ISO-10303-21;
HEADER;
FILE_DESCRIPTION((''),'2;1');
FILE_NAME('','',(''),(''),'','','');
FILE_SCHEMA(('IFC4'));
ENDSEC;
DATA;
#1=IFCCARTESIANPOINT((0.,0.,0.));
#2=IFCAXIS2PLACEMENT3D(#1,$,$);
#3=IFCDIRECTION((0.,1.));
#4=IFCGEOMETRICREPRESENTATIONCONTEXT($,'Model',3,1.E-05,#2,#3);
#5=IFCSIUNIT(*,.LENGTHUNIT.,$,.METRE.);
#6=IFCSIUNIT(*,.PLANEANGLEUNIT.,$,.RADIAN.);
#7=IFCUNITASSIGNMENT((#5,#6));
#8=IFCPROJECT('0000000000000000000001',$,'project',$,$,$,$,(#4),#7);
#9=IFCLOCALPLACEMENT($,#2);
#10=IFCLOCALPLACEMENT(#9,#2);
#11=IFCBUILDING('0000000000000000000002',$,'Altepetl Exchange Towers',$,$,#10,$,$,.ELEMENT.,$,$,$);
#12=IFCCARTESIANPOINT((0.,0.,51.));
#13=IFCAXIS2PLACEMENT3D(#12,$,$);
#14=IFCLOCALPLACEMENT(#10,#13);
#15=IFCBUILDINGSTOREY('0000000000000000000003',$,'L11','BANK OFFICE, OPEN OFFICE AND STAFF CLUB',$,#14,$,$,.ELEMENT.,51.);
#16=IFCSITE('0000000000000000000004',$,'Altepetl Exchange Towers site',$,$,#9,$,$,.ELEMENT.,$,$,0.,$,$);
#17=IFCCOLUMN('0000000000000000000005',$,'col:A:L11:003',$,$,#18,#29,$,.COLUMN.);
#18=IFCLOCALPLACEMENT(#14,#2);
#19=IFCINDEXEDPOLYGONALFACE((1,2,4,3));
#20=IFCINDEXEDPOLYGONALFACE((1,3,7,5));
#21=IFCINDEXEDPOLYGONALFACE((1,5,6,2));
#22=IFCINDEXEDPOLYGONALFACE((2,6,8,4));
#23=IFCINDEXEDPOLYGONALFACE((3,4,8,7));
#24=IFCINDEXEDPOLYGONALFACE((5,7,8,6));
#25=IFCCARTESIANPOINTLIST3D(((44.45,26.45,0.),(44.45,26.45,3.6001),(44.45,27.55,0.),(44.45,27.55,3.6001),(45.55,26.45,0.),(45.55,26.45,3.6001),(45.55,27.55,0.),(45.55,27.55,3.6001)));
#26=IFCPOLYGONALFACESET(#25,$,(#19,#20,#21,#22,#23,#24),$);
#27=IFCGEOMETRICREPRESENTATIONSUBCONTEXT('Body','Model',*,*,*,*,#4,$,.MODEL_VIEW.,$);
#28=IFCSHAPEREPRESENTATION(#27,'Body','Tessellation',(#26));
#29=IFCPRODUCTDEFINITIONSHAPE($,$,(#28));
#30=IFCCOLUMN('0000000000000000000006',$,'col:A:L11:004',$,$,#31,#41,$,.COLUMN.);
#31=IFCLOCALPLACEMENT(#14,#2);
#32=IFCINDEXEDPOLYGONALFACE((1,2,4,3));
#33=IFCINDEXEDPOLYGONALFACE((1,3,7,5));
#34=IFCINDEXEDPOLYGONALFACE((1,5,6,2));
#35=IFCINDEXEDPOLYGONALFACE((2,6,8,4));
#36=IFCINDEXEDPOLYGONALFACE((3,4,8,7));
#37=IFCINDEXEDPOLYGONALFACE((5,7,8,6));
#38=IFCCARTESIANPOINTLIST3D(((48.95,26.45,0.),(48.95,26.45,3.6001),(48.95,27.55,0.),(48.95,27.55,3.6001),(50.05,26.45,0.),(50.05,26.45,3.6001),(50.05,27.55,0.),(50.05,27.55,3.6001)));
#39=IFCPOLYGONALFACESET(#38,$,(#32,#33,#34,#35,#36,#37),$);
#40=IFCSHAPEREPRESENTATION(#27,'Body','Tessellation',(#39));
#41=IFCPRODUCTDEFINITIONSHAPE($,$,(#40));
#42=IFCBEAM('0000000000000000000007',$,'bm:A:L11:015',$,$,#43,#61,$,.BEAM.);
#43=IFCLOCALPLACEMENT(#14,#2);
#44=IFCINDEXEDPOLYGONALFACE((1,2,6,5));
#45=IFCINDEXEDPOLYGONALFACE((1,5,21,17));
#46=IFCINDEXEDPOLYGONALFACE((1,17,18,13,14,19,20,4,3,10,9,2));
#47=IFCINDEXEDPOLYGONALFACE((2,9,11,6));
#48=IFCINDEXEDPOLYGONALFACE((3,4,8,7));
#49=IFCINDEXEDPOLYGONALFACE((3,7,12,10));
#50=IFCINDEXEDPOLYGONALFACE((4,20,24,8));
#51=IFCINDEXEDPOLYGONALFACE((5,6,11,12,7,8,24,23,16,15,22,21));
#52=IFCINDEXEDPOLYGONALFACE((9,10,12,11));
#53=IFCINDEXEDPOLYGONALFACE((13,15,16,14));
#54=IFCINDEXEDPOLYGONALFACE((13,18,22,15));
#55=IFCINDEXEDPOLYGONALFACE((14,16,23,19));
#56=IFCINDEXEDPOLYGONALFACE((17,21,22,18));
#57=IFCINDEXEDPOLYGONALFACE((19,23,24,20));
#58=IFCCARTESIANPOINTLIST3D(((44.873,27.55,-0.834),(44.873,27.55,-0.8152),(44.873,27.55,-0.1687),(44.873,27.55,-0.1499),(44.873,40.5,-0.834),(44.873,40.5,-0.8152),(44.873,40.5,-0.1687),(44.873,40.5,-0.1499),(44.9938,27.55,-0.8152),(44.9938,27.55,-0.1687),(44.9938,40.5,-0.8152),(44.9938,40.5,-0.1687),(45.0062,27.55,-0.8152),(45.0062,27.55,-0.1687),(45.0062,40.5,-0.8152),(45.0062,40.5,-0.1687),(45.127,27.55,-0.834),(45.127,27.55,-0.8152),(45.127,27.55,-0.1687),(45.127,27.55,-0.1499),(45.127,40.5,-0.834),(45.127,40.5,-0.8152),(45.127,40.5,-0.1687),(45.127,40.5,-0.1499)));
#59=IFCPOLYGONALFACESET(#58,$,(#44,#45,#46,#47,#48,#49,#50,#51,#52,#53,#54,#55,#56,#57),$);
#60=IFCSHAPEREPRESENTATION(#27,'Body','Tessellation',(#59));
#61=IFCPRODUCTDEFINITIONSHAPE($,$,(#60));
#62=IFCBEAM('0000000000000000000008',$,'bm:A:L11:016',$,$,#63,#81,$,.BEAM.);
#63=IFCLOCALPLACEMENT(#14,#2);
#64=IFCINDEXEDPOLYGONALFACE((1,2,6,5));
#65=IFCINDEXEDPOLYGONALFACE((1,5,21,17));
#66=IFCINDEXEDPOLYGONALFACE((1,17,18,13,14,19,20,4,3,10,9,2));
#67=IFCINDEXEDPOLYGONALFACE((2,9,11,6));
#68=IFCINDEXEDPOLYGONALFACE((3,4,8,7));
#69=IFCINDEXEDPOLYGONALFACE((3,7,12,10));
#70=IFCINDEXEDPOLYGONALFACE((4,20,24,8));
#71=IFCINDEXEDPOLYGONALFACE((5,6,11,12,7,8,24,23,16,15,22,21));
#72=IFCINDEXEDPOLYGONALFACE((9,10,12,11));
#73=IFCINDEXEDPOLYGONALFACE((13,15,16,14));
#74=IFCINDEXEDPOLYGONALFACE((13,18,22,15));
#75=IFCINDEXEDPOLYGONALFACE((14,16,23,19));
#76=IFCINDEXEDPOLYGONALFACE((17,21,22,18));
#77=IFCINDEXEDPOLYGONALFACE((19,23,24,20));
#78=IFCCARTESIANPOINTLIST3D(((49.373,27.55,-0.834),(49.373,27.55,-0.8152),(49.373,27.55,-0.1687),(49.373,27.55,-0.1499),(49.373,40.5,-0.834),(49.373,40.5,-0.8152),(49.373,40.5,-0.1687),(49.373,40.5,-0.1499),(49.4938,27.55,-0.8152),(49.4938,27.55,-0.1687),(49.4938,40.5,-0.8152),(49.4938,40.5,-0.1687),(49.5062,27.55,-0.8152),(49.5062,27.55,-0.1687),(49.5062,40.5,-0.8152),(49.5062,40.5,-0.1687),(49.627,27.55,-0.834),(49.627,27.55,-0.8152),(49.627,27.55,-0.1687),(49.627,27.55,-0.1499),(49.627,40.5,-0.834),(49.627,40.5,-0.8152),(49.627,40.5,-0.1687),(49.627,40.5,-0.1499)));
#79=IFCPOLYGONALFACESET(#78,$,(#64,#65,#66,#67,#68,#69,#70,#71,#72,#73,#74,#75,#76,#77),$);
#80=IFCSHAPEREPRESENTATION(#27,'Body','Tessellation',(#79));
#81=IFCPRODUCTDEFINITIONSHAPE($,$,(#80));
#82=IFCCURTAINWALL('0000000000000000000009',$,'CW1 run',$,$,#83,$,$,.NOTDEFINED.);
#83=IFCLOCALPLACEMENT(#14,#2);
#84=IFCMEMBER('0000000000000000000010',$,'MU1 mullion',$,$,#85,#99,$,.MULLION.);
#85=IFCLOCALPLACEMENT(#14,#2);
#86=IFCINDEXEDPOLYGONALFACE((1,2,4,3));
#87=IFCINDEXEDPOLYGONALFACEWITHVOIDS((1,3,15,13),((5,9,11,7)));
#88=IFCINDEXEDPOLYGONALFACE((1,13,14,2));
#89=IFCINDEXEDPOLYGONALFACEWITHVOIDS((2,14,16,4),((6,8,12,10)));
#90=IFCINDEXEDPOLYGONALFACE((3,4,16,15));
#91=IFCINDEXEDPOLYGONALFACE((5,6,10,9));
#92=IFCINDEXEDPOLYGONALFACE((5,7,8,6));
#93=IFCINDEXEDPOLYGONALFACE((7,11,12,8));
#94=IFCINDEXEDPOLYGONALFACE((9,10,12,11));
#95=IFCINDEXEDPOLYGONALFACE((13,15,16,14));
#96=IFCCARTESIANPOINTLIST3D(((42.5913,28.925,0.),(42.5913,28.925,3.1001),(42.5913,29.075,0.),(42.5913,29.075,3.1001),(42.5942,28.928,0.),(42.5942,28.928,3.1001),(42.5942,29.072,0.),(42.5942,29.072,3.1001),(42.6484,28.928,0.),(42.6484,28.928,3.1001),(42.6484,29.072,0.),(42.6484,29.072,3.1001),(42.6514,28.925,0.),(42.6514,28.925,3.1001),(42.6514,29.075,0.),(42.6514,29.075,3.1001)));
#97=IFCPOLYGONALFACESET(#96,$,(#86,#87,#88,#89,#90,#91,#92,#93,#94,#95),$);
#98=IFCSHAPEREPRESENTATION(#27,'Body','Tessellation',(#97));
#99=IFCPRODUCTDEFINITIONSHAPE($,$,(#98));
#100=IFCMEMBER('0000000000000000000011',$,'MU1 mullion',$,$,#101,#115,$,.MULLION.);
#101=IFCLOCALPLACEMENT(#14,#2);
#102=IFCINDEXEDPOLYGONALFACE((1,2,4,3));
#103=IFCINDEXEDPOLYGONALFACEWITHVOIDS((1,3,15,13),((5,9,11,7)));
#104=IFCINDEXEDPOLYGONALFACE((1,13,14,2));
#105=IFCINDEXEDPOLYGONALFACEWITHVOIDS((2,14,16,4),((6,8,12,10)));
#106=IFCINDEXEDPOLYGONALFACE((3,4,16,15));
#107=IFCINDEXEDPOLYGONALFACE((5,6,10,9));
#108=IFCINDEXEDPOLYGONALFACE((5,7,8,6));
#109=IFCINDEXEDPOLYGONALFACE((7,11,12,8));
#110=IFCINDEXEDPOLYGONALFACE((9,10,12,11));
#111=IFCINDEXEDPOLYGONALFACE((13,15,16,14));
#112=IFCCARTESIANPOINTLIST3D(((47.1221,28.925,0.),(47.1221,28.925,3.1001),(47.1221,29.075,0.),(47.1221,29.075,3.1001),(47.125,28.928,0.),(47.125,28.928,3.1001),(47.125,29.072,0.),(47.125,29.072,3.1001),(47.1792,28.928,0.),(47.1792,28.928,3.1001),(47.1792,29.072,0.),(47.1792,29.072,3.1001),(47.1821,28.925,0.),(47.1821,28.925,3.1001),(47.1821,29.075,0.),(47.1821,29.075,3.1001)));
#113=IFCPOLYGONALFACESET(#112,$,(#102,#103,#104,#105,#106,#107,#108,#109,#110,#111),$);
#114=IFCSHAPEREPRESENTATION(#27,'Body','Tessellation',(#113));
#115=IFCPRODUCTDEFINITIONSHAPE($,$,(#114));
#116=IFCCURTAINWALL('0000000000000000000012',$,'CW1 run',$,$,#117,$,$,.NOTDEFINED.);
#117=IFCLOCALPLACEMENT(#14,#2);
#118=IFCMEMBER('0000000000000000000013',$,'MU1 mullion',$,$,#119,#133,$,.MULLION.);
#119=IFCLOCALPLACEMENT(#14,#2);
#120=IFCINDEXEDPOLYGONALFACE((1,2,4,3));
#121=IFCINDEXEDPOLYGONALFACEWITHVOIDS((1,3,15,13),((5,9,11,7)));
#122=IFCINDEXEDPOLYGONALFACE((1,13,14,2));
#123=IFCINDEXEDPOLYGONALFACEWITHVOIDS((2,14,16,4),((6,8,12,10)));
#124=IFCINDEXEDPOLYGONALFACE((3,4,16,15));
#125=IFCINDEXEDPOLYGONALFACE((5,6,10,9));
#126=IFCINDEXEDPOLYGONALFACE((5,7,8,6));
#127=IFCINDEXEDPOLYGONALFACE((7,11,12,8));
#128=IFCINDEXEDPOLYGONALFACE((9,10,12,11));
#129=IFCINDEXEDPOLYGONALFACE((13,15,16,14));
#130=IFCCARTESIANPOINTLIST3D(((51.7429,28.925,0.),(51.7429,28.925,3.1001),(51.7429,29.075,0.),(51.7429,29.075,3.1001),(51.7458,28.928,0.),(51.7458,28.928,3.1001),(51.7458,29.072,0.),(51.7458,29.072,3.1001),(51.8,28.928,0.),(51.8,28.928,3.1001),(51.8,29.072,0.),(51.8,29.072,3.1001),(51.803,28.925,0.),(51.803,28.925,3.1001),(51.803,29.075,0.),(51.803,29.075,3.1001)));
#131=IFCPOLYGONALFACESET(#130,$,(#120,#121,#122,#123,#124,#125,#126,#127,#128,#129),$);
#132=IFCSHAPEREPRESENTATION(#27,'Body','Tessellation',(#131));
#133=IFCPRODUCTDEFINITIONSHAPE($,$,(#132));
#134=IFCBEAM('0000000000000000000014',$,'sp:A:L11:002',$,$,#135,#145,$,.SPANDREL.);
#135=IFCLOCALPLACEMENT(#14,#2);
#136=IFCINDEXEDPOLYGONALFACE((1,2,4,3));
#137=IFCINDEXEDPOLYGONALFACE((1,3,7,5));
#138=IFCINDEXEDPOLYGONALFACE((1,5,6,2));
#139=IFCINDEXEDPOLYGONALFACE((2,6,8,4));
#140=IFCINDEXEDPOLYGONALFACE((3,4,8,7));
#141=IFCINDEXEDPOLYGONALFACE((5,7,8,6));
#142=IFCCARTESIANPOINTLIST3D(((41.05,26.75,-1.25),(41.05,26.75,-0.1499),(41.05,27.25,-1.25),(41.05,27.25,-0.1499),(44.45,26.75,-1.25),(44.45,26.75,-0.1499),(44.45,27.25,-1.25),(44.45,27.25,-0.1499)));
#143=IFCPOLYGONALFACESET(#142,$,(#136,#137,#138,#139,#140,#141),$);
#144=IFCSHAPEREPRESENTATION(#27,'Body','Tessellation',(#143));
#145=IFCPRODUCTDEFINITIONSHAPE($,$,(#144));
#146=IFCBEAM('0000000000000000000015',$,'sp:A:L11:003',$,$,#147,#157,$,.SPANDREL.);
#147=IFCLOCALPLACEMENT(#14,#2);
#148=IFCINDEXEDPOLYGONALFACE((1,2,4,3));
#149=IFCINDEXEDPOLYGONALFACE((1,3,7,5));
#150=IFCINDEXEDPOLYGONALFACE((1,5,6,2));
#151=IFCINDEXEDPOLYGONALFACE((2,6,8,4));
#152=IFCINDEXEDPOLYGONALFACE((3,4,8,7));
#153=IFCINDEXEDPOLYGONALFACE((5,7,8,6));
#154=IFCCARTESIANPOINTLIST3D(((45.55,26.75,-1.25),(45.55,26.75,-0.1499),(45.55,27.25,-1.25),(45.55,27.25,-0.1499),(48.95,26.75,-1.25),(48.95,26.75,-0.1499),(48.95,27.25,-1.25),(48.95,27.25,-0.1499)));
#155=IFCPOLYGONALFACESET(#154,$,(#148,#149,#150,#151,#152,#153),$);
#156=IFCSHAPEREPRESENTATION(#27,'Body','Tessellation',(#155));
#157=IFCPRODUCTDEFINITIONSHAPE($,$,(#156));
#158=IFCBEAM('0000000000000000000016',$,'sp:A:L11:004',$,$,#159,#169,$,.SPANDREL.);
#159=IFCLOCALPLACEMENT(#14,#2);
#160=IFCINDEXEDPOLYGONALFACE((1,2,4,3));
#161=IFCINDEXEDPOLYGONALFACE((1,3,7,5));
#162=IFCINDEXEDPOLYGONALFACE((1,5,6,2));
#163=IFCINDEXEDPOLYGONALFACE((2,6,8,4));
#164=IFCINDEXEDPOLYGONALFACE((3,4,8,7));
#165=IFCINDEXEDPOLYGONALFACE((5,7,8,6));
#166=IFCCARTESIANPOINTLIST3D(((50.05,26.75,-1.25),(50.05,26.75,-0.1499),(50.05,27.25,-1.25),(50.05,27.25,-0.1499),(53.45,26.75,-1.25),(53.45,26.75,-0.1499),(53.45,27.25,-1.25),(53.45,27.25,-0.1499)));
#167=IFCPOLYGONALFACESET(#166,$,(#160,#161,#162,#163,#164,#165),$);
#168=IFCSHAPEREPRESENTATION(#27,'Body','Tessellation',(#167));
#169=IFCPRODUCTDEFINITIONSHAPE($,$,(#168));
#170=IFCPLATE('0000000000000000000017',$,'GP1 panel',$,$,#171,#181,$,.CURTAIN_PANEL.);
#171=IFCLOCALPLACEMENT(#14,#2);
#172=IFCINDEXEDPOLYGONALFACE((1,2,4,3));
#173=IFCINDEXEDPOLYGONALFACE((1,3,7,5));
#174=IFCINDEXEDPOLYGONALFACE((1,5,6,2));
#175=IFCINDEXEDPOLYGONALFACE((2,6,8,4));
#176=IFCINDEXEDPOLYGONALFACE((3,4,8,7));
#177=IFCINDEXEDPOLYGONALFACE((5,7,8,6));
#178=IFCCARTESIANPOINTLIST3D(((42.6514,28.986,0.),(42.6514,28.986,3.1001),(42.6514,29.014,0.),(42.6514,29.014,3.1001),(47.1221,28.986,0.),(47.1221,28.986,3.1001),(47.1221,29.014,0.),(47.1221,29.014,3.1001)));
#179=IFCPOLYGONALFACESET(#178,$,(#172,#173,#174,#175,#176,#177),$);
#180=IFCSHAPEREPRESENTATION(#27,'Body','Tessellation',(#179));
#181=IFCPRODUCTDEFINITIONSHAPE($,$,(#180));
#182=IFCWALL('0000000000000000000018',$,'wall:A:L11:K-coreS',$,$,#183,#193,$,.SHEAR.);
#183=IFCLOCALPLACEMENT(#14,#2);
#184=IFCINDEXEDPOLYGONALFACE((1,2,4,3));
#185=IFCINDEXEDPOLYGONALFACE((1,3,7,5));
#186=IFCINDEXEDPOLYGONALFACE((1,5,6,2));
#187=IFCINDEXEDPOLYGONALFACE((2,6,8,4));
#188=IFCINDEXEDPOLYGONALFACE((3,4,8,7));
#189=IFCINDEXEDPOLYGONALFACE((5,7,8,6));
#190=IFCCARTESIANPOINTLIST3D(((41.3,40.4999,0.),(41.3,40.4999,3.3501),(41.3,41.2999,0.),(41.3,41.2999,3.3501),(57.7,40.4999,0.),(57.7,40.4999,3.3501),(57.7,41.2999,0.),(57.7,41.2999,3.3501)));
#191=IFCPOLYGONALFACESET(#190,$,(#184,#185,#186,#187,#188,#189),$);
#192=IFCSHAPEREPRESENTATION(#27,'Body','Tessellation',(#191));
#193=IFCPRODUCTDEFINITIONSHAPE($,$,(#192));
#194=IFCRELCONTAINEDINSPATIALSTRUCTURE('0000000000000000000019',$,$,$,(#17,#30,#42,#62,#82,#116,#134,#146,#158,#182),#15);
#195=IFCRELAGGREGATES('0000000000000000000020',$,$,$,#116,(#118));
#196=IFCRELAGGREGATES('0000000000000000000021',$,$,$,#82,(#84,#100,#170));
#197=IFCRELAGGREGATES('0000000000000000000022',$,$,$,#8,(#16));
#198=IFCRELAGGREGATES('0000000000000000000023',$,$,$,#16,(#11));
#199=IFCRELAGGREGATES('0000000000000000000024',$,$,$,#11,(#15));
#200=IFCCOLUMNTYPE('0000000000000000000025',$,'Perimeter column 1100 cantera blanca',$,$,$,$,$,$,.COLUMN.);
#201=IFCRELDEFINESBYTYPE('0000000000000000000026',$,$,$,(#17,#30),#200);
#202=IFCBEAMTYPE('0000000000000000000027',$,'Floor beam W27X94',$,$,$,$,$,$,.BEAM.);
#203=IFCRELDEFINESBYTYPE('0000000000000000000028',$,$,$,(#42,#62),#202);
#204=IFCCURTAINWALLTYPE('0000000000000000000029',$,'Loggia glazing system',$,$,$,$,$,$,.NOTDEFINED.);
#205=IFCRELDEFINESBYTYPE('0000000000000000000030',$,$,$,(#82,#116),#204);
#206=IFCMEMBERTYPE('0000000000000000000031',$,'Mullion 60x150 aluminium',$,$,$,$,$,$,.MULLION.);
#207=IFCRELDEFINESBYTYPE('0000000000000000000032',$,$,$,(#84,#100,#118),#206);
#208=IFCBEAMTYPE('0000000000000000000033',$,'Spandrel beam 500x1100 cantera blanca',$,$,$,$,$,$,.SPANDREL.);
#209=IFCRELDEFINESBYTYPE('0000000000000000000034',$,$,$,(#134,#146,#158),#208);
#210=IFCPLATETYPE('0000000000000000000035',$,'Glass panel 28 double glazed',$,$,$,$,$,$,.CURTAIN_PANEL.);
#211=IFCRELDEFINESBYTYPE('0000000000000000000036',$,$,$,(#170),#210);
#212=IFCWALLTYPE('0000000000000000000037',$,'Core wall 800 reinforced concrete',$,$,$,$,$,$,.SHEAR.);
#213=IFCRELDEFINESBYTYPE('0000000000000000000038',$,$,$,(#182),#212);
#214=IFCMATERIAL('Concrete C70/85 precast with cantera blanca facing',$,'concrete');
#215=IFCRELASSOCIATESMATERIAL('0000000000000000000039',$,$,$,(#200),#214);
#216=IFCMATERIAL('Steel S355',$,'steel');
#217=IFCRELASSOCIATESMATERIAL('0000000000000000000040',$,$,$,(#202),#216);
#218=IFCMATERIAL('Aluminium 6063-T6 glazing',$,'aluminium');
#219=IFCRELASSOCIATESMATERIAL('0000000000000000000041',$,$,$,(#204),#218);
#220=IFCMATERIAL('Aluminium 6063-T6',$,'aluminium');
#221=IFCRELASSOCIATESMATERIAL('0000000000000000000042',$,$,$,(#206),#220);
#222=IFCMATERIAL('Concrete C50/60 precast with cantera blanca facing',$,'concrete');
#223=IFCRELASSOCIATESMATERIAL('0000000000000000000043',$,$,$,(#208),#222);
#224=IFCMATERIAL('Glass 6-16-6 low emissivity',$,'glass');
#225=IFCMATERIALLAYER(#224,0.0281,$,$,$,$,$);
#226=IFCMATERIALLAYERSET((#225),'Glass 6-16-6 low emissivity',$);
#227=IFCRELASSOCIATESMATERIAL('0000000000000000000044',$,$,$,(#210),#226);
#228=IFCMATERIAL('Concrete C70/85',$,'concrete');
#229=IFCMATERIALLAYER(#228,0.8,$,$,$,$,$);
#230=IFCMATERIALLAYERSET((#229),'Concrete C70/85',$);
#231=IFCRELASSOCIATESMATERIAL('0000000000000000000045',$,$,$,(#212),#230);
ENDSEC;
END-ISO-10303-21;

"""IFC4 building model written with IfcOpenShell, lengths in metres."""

from ifc_helpers import new_model, si_unit, direction, frame, frame_2d, origin, origin_2d, place, context, subcontext, project, spatial, rectangle, hollow_rectangle, i_section, extrude, material, layer, layer_set, material_profile, profile_set, type_object, element, aggregate, save


model = new_model("IFC4")

# Units and contexts
model_context = context("Model", 3, precision=1e-05, world=origin(), true_north=direction((0.0, 1.0)))
body_context = subcontext(model_context, "Body", "Model", "MODEL_VIEW")
ifc_project = project(units=[si_unit("LENGTHUNIT", "METRE"), si_unit("PLANEANGLEUNIT", "RADIAN")], contexts=[model_context])

# Site, building, storey
site_placement = place(None, origin())
site = spatial("IfcSite", under=ifc_project, at=site_placement, Name="Altepetl Exchange Towers site", CompositionType="ELEMENT", RefElevation=0.0)
building_placement = place(site_placement, origin())
building = spatial("IfcBuilding", under=site, at=building_placement, Name="Altepetl Exchange Towers", CompositionType="ELEMENT")
storey_placement = place(building_placement, frame((0.0, 0.0, 51.0)))
storey = spatial("IfcBuildingStorey", under=building, at=storey_placement, Name="L11", Description="BANK OFFICE, OPEN OFFICE AND STAFF CLUB", CompositionType="ELEMENT", Elevation=51.0)

# Columns
ifc_material_1 = material(Name="Concrete C70/85 precast with cantera blanca facing", Category="concrete")
ifc_material_profile_1 = material_profile(ifc_material_1, rectangle(XDim=1.1001, YDim=1.1001, at=origin_2d()), Name="1100 x 1100")
ifc_profile_set_1 = profile_set([ifc_material_profile_1], Name="Concrete C70/85 precast with cantera blanca facing")
column_type = type_object("IfcColumnType", Name="Perimeter column 1100 cantera blanca", PredefinedType="COLUMN", material=ifc_profile_set_1)
for number, where, name in (
    (1, (45.0, 27.0, 0.0), "col:A:L11:003"),
    (2, (49.5, 27.0, 0.0), "col:A:L11:004"),
):
    element("IfcColumn", number, at=place(storey_placement, frame(where)), inside=storey, type_object=column_type, Name=name, PredefinedType="COLUMN", context=body_context, shape_type="SweptSolid", body=[
        extrude(rectangle(XDim=1.1001, YDim=1.1001, at=origin_2d()), origin(), (0.0, 0.0, 1.0), 3.6001),
    ])

# Beams
ifc_material_2 = material(Name="Steel S355", Category="steel")
ifc_material_profile_2 = material_profile(ifc_material_2, i_section(OverallWidth=0.2539, OverallDepth=0.6841, WebThickness=0.0125, FlangeThickness=0.0188, at=origin_2d()), Name="W27X94")
ifc_profile_set_2 = profile_set([ifc_material_profile_2], Name="Steel S355")
beam_type_1 = type_object("IfcBeamType", Name="Floor beam W27X94", PredefinedType="BEAM", material=ifc_profile_set_2)
for number, where, z_axis, x_axis, name in (
    (3, (45.0, 27.55, -0.4919), (0.0, 1.0, 0.0), (-1.0, 0.0, 0.0), "bm:A:L11:015"),
    (4, (49.5, 27.55, -0.4919), (0.0, 1.0, 0.0), (-1.0, 0.0, 0.0), "bm:A:L11:016"),
):
    element("IfcBeam", number, at=place(storey_placement, frame(where, z_axis=z_axis, x_axis=x_axis)), inside=storey, type_object=beam_type_1, Name=name, PredefinedType="BEAM", context=body_context, shape_type="SweptSolid", body=[
        extrude(i_section(OverallWidth=0.2539, OverallDepth=0.6841, WebThickness=0.0125, FlangeThickness=0.0188, at=origin_2d()), origin(), (0.0, 0.0, 1.0), 12.95),
    ])

# Curtain wall, members
ifc_material_3 = material(Name="Aluminium 6063-T6 glazing", Category="aluminium")
curtain_wall_type = type_object("IfcCurtainWallType", Name="Loggia glazing system", PredefinedType="NOTDEFINED", material=ifc_material_3)
curtain_wall_1_placement = place(storey_placement, origin())
curtain_wall_1 = element("IfcCurtainWall", 5, at=curtain_wall_1_placement, inside=storey, type_object=curtain_wall_type, Name="CW1 run", PredefinedType="NOTDEFINED")
ifc_material_4 = material(Name="Aluminium 6063-T6", Category="aluminium")
ifc_material_profile_3 = material_profile(ifc_material_4, hollow_rectangle(XDim=0.0601, YDim=0.1499, WallThickness=0.0029, at=origin_2d()), Name="Mullion 60x150 aluminium")
ifc_profile_set_3 = profile_set([ifc_material_profile_3], Name="Aluminium 6063-T6")
member_type = type_object("IfcMemberType", Name="Mullion 60x150 aluminium", PredefinedType="MULLION", material=ifc_profile_set_3)
member_1_placement = place(storey_placement, frame((42.6213, 29.0, 0.0)))
member_1 = element("IfcMember", 6, at=member_1_placement, type_object=member_type, Name="MU1 mullion", PredefinedType="MULLION", context=body_context, shape_type="SweptSolid", body=[
    extrude(hollow_rectangle(XDim=0.0601, YDim=0.1499, WallThickness=0.0029, at=origin_2d()), origin(), (0.0, 0.0, 1.0), 3.1001),
])
member_2_placement = place(storey_placement, frame((47.1521, 29.0, 0.0)))
member_2 = element("IfcMember", 7, at=member_2_placement, type_object=member_type, Name="MU1 mullion", PredefinedType="MULLION", context=body_context, shape_type="SweptSolid", body=[
    extrude(hollow_rectangle(XDim=0.0601, YDim=0.1499, WallThickness=0.0029, at=origin_2d()), origin(), (0.0, 0.0, 1.0), 3.1001),
])

# Curtain wall, member
curtain_wall_2_placement = place(storey_placement, origin())
curtain_wall_2 = element("IfcCurtainWall", 8, at=curtain_wall_2_placement, inside=storey, type_object=curtain_wall_type, Name="CW1 run", PredefinedType="NOTDEFINED")
member_3_placement = place(storey_placement, frame((51.7729, 29.0, 0.0)))
member_3 = element("IfcMember", 9, at=member_3_placement, type_object=member_type, Name="MU1 mullion", PredefinedType="MULLION", context=body_context, shape_type="SweptSolid", body=[
    extrude(hollow_rectangle(XDim=0.0601, YDim=0.1499, WallThickness=0.0029, at=origin_2d()), origin(), (0.0, 0.0, 1.0), 3.1001),
])
aggregate(curtain_wall_2, [member_3])

# Beams
ifc_material_5 = material(Name="Concrete C50/60 precast with cantera blanca facing", Category="concrete")
ifc_material_profile_4 = material_profile(ifc_material_5, rectangle(XDim=0.5, YDim=1.1001, at=origin_2d()), Name="500 x 1100")
ifc_profile_set_4 = profile_set([ifc_material_profile_4], Name="Concrete C50/60 precast with cantera blanca facing")
beam_type_2 = type_object("IfcBeamType", Name="Spandrel beam 500x1100 cantera blanca", PredefinedType="SPANDREL", material=ifc_profile_set_4)
for number, where, z_axis, x_axis, name in (
    (10, (41.05, 27.0, -0.7), (1.0, 0.0, 0.0), (0.0, 1.0, 0.0), "sp:A:L11:002"),
    (11, (45.55, 27.0, -0.7), (1.0, 0.0, 0.0), (0.0, 1.0, 0.0), "sp:A:L11:003"),
    (12, (50.05, 27.0, -0.7), (1.0, 0.0, 0.0), (0.0, 1.0, 0.0), "sp:A:L11:004"),
):
    element("IfcBeam", number, at=place(storey_placement, frame(where, z_axis=z_axis, x_axis=x_axis)), inside=storey, type_object=beam_type_2, Name=name, PredefinedType="SPANDREL", context=body_context, shape_type="SweptSolid", body=[
        extrude(rectangle(XDim=0.5, YDim=1.1001, at=origin_2d()), origin(), (0.0, 0.0, 1.0), 3.3999),
    ])

# Plate
ifc_material_6 = material(Name="Glass 6-16-6 low emissivity", Category="glass")
ifc_layer_1 = layer(ifc_material_6, 0.0281)
ifc_layer_set_1 = layer_set([ifc_layer_1], Name="Glass 6-16-6 low emissivity")
plate_type = type_object("IfcPlateType", Name="Glass panel 28 double glazed", PredefinedType="CURTAIN_PANEL", material=ifc_layer_set_1)
plate_placement = place(storey_placement, frame((44.8867, 29.0, 0.0)))
plate = element("IfcPlate", 13, at=plate_placement, type_object=plate_type, Name="GP1 panel", PredefinedType="CURTAIN_PANEL", context=body_context, shape_type="SweptSolid", body=[
    extrude(rectangle(XDim=4.4707, YDim=0.0281, at=origin_2d()), origin(), (0.0, 0.0, 1.0), 3.1001),
])
aggregate(curtain_wall_1, [member_1, member_2, plate])

# Wall
ifc_material_7 = material(Name="Concrete C70/85", Category="concrete")
ifc_layer_2 = layer(ifc_material_7, 0.8)
ifc_layer_set_2 = layer_set([ifc_layer_2], Name="Concrete C70/85")
wall_type_1 = type_object("IfcWallType", Name="Core wall 800 reinforced concrete", PredefinedType="SHEAR", material=ifc_layer_set_2)
wall_1_placement = place(storey_placement, frame((41.3, 40.8999, 0.0)))
element("IfcWall", 14, at=wall_1_placement, inside=storey, type_object=wall_type_1, Name="wall:A:L11:K-coreS", PredefinedType="SHEAR", context=body_context, shape_type="SweptSolid", body=[
    extrude(rectangle(XDim=16.3999, YDim=0.8, at=frame_2d((8.2, 0.0))), origin(), (0.0, 0.0, 1.0), 3.3501),
])

save(model, "model.ifc")
